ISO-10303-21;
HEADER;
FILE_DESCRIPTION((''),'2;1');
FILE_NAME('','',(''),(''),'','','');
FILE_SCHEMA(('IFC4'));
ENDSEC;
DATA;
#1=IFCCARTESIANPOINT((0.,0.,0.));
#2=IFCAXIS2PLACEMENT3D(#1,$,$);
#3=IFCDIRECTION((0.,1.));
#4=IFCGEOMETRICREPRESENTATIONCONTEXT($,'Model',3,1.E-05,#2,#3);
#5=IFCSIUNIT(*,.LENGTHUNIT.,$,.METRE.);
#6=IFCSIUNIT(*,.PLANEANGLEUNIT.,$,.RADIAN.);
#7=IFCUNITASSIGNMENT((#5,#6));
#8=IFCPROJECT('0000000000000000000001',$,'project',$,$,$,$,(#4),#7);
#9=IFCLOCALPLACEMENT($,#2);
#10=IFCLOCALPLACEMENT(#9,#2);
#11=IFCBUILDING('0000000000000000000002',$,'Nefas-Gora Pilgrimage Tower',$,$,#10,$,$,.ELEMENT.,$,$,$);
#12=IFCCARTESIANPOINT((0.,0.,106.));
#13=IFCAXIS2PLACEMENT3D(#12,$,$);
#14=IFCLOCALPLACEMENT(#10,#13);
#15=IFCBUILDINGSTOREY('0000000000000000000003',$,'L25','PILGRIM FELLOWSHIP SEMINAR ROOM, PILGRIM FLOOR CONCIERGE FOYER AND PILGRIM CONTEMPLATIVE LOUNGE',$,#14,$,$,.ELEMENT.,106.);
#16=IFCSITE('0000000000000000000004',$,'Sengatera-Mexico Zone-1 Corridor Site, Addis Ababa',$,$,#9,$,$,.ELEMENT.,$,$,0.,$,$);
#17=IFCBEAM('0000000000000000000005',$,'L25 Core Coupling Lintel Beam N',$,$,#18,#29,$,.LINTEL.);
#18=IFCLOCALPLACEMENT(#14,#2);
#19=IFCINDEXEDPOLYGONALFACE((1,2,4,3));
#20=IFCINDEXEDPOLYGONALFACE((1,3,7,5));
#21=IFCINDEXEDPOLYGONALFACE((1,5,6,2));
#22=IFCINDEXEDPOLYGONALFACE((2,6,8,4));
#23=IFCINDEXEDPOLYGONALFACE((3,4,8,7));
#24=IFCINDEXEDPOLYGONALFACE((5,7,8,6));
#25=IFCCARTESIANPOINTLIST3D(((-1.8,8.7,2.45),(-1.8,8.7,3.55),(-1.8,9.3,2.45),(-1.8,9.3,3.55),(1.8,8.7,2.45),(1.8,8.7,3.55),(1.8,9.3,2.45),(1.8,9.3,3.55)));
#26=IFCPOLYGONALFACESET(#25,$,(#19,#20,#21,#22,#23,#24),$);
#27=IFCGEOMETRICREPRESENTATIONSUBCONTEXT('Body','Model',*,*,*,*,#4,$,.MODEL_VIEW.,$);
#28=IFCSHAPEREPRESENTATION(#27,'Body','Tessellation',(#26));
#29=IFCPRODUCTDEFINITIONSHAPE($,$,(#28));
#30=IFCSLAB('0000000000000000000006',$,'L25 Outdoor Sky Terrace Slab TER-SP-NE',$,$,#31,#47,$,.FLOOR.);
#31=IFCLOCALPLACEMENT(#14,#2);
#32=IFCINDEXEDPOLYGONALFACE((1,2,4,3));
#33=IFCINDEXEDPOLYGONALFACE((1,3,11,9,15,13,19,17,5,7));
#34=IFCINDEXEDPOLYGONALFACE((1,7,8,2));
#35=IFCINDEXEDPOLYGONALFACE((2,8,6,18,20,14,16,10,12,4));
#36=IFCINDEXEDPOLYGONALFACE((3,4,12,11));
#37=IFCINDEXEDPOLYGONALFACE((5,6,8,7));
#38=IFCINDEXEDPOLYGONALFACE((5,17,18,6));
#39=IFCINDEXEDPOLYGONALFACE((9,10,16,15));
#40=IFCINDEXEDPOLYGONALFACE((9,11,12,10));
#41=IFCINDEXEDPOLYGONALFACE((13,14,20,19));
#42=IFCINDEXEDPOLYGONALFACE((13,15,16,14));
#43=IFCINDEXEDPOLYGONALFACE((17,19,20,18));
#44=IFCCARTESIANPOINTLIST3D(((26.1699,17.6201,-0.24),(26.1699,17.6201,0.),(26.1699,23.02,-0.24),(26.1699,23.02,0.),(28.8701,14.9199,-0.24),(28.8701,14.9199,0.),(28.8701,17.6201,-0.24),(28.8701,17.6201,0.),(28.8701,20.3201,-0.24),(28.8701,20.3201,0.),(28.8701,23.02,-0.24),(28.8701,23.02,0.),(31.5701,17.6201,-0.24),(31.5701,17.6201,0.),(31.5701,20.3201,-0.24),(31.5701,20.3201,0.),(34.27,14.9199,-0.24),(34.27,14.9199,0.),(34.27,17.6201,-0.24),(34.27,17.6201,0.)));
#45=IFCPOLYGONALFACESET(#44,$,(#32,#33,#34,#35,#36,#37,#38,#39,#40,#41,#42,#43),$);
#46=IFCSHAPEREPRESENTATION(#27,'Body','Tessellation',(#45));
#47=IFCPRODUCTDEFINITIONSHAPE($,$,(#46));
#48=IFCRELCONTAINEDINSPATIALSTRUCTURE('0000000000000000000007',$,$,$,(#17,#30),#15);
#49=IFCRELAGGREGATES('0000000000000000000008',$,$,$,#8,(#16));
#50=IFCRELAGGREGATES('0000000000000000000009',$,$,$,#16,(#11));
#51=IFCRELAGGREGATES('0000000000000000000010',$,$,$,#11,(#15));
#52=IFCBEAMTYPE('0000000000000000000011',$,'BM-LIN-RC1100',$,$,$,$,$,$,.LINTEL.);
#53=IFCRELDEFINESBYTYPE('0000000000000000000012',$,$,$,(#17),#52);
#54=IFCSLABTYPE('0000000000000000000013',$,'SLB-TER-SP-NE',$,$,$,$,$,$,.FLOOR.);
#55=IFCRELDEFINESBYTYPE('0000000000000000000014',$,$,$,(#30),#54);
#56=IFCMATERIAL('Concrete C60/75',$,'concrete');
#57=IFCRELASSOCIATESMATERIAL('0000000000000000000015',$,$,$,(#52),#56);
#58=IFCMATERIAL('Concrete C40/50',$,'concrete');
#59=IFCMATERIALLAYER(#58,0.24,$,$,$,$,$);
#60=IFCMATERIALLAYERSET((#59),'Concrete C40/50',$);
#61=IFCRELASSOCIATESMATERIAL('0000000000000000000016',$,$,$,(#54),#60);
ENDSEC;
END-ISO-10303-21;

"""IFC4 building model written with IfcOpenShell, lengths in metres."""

from ifc_helpers import new_model, si_unit, direction, frame, origin, origin_2d, place, context, subcontext, project, spatial, polyline, rectangle, outline, extrude, source, transform, mapped, material, layer, layer_set, material_profile, profile_set, type_object, element, save


model = new_model("IFC4")

# Units and contexts
model_context = context("Model", 3, precision=1e-05, world=origin(), true_north=direction((0.0, 1.0)))
body_context = subcontext(model_context, "Body", "Model", "MODEL_VIEW")
ifc_project = project(units=[si_unit("LENGTHUNIT", "METRE"), si_unit("PLANEANGLEUNIT", "RADIAN")], contexts=[model_context])

# Site, building, storey
site_placement = place(None, origin())
site = spatial("IfcSite", under=ifc_project, at=site_placement, Name="Sengatera-Mexico Zone-1 Corridor Site, Addis Ababa", CompositionType="ELEMENT", RefElevation=0.0)
building_placement = place(site_placement, origin())
building = spatial("IfcBuilding", under=site, at=building_placement, Name="Nefas-Gora Pilgrimage Tower", CompositionType="ELEMENT")
storey_placement = place(building_placement, frame((0.0, 0.0, 106.0)))
storey = spatial("IfcBuildingStorey", under=building, at=storey_placement, Name="L25", Description="PILGRIM FELLOWSHIP SEMINAR ROOM, PILGRIM FLOOR CONCIERGE FOYER AND PILGRIM CONTEMPLATIVE LOUNGE", CompositionType="ELEMENT", Elevation=106.0)

# Beam
ifc_material_1 = material(Name="Concrete C60/75", Category="concrete")
ifc_material_profile = material_profile(ifc_material_1, rectangle(XDim=0.6001, YDim=1.1001, at=origin_2d()), Name="RC 600x1100")
ifc_profile_set = profile_set([ifc_material_profile], Name="Concrete C60/75")
beam_type = type_object("IfcBeamType", Name="BM-LIN-RC1100", PredefinedType="LINTEL", material=ifc_profile_set)
shared_shape_1 = source(origin(), body_context, "Body", "SweptSolid", [
    extrude(rectangle(XDim=0.6001, YDim=1.1001, at=origin_2d()), origin(), (0.0, 0.0, 1.0), 3.6001),
])
beam_placement = place(storey_placement, frame((-1.8, 9.0, 3.0), z_axis=(1.0, 0.0, 0.0), x_axis=(0.0, 1.0, 0.0)))
element("IfcBeam", 1, at=beam_placement, inside=storey, type_object=beam_type, Name="L25 Core Coupling Lintel Beam N", PredefinedType="LINTEL", context=body_context, shape_type="MappedRepresentation", body=[
    mapped(shared_shape_1, transform((0.0, 0.0, 0.0), x_axis=(1.0, 0.0, 0.0), y_axis=(0.0, 1.0, 0.0), z_axis=(0.0, 0.0, 1.0), scale=1.0)),
])

# Slab
ifc_material_2 = material(Name="Concrete C40/50", Category="concrete")
ifc_layer_1 = layer(ifc_material_2, 0.24)
ifc_layer_set_1 = layer_set([ifc_layer_1], Name="Concrete C40/50")
slab_type_1 = type_object("IfcSlabType", Name="SLB-TER-SP-NE", PredefinedType="FLOOR", material=ifc_layer_set_1)
slab_1_placement = place(storey_placement, frame((0.0, 0.0, -0.24)))
element("IfcSlab", 2, at=slab_1_placement, inside=storey, type_object=slab_type_1, Name="L25 Outdoor Sky Terrace Slab TER-SP-NE", PredefinedType="FLOOR", context=body_context, shape_type="SweptSolid", body=[
    extrude(outline(polyline([(26.1699, 23.02), (26.1699, 17.6201), (28.8701, 17.6201), (28.8701, 14.9199), (34.27, 14.9199), (34.27, 17.6201), (31.5701, 17.6201), (31.5701, 20.3201), (28.8701, 20.3201), (28.8701, 23.02), (26.1699, 23.02)])), origin(), (0.0, 0.0, 1.0), 0.24),
])

save(model, "model.ifc")
